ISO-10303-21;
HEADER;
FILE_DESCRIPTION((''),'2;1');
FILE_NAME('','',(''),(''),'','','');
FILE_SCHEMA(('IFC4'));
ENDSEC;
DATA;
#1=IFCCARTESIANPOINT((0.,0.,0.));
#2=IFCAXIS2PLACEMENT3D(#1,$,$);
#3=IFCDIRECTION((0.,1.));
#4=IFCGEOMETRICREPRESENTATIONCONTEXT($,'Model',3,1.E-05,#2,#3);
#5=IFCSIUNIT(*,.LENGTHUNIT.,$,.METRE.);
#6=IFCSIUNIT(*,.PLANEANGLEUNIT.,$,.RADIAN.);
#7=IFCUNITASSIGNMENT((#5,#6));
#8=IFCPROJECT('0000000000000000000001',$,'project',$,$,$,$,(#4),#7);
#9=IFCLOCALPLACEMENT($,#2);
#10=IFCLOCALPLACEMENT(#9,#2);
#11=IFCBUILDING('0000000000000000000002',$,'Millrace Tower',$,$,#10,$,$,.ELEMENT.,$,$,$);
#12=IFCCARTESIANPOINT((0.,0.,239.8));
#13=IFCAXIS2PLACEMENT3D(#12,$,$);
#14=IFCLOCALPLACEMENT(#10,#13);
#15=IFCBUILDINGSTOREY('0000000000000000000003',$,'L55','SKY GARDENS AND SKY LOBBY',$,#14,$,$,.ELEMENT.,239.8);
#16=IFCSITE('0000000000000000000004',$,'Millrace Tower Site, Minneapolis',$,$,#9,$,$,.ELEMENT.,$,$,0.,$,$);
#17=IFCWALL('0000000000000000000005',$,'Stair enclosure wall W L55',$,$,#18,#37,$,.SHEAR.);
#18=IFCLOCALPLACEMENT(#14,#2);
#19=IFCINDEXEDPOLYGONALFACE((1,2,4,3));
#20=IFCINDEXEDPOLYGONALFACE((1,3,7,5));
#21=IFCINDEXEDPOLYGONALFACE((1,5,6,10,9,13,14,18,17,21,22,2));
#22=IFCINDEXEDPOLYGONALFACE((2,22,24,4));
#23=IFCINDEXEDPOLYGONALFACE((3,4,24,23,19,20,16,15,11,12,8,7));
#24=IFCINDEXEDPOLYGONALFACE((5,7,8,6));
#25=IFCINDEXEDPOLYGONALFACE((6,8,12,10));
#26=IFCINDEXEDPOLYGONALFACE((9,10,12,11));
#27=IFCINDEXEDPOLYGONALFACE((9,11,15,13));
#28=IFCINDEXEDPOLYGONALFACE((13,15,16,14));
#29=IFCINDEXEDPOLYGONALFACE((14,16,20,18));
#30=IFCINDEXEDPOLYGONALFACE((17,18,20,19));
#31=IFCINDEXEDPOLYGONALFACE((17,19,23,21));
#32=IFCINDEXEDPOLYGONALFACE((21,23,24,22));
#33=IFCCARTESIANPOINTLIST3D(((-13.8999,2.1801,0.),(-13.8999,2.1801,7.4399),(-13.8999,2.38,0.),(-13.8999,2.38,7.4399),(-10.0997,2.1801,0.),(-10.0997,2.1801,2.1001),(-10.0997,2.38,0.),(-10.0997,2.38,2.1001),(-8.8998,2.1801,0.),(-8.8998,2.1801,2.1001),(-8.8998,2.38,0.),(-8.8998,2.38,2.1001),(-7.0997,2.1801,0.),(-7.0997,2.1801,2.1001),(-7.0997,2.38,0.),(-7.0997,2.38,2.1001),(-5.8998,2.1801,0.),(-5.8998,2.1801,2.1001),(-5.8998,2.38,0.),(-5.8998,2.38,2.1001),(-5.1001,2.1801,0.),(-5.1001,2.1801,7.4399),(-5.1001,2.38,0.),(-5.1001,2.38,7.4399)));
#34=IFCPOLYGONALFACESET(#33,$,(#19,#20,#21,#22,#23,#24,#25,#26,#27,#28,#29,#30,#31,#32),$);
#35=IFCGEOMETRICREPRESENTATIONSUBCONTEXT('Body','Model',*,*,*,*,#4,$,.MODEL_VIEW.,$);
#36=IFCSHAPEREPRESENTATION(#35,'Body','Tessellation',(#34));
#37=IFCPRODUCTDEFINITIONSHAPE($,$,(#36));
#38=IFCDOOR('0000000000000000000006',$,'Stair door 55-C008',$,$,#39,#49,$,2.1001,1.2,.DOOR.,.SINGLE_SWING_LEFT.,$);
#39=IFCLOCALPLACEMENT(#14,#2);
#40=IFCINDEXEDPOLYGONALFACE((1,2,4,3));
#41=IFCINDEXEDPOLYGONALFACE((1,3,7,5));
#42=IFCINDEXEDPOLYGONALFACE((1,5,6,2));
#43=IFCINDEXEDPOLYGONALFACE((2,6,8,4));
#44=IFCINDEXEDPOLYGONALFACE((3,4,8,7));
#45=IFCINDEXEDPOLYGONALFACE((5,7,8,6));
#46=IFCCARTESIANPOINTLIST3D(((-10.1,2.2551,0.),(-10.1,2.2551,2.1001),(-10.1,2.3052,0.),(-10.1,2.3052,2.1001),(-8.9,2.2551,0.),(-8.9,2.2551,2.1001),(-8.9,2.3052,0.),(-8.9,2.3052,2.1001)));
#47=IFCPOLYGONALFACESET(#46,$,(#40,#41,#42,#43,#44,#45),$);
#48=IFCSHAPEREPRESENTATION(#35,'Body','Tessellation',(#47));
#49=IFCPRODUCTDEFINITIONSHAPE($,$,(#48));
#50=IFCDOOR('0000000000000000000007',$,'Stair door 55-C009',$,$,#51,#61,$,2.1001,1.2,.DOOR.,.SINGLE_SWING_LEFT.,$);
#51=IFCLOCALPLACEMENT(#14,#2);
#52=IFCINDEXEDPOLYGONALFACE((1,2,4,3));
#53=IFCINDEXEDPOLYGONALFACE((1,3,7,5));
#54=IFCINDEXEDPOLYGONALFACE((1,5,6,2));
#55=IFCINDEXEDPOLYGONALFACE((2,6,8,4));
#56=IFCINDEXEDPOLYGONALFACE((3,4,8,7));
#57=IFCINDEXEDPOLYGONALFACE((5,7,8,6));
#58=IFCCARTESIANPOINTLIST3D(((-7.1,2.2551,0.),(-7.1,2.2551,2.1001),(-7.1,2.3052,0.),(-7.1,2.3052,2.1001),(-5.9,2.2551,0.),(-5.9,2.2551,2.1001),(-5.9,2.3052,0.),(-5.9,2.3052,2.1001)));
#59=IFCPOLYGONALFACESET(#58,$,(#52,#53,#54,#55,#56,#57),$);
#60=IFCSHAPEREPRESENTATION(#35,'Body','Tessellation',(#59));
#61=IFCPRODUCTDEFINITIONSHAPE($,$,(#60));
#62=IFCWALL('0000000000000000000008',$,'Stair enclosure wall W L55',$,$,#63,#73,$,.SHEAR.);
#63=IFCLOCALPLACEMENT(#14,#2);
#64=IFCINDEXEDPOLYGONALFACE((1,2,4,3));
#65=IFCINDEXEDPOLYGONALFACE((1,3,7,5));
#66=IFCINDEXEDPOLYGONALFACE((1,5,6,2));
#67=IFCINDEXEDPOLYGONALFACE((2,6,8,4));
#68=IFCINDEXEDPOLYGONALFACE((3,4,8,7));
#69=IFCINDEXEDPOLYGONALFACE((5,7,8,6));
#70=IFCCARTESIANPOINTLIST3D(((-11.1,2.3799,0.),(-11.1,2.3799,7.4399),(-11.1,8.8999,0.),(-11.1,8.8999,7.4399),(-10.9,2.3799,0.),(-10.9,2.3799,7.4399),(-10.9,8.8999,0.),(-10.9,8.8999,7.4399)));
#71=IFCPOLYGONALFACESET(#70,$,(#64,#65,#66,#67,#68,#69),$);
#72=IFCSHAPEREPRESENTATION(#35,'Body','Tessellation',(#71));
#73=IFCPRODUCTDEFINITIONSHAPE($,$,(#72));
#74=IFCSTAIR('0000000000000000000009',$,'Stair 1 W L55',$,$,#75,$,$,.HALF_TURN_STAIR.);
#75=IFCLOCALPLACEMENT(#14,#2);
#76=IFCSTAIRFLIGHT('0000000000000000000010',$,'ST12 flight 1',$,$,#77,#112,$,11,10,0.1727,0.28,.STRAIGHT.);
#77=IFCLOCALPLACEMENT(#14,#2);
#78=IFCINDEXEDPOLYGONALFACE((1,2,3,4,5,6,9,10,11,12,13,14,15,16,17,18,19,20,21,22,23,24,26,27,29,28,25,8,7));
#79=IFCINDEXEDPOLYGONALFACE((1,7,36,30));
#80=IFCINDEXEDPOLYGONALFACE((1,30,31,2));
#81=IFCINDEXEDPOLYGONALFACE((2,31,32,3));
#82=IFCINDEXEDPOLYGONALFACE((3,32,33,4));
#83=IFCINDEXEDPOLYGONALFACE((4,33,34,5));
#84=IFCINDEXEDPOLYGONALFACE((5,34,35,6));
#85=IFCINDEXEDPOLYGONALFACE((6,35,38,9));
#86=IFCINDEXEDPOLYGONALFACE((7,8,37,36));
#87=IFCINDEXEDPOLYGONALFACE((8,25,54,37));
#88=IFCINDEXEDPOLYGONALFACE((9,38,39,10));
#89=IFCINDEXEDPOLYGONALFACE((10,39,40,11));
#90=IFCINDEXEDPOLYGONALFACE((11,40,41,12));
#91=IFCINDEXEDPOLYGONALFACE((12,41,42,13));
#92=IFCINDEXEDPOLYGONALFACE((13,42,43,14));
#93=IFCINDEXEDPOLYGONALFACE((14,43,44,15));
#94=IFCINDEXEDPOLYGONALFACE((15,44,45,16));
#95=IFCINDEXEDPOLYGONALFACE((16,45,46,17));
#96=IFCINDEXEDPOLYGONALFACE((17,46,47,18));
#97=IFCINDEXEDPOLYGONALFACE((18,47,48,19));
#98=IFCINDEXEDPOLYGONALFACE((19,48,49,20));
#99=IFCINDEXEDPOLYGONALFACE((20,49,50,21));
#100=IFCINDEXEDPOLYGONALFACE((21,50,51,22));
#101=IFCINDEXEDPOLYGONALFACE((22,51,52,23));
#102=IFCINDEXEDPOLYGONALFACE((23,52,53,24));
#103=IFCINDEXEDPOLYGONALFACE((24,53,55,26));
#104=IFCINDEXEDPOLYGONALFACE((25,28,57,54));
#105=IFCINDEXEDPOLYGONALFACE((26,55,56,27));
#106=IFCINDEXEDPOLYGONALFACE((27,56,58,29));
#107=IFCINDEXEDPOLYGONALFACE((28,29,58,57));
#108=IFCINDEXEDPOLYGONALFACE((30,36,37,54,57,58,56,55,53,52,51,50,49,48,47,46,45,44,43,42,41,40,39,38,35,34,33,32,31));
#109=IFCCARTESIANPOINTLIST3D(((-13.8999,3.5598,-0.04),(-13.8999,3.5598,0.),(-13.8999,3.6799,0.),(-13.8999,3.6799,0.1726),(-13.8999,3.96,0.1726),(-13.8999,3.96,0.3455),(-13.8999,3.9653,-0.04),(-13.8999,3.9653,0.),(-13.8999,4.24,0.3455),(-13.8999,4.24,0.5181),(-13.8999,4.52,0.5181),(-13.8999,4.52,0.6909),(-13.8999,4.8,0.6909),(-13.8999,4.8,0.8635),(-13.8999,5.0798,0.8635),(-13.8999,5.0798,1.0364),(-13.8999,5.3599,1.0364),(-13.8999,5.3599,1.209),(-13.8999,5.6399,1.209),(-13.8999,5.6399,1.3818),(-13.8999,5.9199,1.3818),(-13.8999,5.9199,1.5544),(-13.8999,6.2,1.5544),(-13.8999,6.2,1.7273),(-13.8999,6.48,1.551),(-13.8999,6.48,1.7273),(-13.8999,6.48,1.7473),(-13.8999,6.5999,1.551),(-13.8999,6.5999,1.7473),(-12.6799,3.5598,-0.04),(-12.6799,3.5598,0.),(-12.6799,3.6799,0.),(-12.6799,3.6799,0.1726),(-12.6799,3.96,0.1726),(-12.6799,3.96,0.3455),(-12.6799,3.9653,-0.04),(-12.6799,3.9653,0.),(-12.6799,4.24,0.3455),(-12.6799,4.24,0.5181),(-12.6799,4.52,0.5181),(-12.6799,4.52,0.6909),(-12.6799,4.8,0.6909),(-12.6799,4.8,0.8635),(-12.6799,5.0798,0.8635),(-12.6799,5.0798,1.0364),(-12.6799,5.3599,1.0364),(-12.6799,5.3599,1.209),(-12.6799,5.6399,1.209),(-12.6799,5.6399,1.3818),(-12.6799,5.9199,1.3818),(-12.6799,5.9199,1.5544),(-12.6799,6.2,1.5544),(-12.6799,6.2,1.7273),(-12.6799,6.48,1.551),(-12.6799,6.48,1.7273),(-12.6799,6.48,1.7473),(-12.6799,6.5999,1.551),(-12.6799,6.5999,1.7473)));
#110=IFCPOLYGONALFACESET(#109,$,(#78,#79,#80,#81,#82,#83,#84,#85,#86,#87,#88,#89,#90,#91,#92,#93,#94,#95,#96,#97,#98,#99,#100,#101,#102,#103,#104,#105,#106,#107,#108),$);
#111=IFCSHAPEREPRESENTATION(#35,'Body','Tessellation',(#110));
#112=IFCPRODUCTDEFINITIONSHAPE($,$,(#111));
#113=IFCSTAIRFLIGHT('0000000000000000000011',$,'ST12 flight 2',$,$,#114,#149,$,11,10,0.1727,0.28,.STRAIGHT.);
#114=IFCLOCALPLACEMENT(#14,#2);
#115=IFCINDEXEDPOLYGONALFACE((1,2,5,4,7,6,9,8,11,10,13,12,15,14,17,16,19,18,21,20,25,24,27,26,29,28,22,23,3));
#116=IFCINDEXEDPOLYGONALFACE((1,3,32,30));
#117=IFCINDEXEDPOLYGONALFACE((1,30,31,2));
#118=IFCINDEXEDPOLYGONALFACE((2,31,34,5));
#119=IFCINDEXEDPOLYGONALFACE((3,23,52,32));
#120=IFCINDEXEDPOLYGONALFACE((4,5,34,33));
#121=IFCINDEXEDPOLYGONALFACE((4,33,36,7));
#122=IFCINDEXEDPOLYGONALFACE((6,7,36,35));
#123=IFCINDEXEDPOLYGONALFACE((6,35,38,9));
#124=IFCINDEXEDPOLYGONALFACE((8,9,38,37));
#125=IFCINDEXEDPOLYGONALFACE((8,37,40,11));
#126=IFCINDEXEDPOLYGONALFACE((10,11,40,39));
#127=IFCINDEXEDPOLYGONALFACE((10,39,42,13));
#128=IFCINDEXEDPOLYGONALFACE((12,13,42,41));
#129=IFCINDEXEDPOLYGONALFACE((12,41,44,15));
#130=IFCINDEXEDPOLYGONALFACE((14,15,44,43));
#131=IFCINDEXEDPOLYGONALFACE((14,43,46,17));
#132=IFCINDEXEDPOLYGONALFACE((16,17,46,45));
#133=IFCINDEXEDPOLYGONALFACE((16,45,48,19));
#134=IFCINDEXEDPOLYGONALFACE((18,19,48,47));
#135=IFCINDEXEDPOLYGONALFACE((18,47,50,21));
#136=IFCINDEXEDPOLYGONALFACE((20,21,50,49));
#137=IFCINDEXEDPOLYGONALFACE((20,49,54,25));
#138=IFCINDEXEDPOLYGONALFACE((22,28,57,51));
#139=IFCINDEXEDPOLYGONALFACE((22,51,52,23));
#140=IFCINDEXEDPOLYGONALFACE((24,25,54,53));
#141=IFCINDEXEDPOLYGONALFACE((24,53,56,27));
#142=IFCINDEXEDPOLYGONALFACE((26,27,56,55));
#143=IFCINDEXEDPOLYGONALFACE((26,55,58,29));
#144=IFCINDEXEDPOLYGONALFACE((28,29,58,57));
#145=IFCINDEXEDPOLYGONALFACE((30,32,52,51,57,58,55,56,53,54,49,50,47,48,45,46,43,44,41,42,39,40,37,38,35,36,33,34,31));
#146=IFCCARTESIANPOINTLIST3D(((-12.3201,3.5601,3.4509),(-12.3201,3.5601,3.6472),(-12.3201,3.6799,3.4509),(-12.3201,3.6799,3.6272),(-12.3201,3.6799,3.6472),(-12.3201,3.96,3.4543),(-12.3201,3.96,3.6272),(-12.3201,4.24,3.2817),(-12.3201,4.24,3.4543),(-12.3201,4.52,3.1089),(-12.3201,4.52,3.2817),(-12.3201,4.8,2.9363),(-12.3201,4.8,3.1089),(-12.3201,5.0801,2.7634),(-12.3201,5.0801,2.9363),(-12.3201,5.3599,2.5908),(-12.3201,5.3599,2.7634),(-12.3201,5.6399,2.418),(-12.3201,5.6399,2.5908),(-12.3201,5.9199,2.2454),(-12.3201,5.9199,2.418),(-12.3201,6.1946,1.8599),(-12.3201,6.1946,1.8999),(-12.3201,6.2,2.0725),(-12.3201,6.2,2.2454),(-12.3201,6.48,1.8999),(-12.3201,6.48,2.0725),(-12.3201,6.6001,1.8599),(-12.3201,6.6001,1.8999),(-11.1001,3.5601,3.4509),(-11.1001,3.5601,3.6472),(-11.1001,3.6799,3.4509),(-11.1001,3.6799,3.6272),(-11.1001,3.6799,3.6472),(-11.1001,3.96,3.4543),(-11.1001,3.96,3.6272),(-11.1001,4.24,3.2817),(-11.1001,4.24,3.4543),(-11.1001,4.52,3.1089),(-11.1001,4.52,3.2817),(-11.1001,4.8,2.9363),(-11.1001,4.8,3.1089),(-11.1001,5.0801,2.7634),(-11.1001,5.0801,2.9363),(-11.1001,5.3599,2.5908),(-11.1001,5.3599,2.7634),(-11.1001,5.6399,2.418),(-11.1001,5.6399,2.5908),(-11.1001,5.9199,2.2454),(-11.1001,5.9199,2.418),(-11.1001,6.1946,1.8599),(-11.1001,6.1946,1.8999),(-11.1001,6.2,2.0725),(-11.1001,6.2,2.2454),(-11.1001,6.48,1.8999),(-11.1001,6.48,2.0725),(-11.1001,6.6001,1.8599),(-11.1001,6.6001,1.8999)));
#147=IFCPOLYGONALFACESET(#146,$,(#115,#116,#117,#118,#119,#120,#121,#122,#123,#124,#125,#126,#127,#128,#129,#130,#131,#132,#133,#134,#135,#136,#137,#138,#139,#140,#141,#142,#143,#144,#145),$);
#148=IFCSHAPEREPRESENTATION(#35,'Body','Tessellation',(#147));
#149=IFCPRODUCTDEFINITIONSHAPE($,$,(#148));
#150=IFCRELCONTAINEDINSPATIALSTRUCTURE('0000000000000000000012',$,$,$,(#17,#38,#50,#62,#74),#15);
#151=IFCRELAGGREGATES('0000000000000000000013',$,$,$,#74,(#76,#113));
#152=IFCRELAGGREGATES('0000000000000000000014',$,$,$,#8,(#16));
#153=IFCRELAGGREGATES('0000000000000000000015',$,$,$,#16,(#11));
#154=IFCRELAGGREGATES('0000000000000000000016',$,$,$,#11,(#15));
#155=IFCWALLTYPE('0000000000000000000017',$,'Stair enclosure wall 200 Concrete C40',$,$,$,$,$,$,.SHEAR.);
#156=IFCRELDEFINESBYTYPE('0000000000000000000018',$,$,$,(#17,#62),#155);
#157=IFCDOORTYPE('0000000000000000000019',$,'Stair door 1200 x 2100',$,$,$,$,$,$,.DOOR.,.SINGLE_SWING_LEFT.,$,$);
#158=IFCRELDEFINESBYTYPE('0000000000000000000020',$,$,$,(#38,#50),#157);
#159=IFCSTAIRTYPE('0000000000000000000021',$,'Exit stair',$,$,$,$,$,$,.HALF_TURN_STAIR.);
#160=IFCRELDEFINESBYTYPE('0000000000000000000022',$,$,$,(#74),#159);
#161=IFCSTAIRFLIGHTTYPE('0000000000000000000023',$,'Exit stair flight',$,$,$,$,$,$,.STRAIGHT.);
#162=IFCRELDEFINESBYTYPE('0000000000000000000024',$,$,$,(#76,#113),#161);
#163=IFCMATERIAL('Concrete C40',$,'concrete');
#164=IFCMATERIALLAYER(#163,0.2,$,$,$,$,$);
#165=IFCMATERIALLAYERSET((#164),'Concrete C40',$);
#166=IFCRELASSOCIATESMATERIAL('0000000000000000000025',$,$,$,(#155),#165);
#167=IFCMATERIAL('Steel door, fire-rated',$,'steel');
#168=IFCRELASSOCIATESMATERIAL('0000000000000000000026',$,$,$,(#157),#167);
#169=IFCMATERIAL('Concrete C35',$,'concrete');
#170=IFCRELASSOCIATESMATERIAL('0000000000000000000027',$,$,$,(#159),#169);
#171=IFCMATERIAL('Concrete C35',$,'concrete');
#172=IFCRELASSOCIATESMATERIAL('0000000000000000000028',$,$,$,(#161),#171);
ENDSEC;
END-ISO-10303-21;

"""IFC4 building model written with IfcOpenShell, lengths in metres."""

from ifc_helpers import new_model, si_unit, direction, frame, frame_2d, origin, place, context, subcontext, project, spatial, polyline, rectangle, outline, extrude, material, layer, layer_set, type_object, element, fill, aggregate, save


model = new_model("IFC4")

# Units and contexts
model_context = context("Model", 3, precision=1e-05, world=origin(), true_north=direction((0.0, 1.0)))
body_context = subcontext(model_context, "Body", "Model", "MODEL_VIEW")
ifc_project = project(units=[si_unit("LENGTHUNIT", "METRE"), si_unit("PLANEANGLEUNIT", "RADIAN")], contexts=[model_context])

# Site, building, storey
site_placement = place(None, origin())
site = spatial("IfcSite", under=ifc_project, at=site_placement, Name="Millrace Tower Site, Minneapolis", CompositionType="ELEMENT", RefElevation=0.0)
building_placement = place(site_placement, origin())
building = spatial("IfcBuilding", under=site, at=building_placement, Name="Millrace Tower", CompositionType="ELEMENT")
storey_placement = place(building_placement, frame((0.0, 0.0, 239.8)))
storey = spatial("IfcBuildingStorey", under=building, at=storey_placement, Name="L55", Description="SKY GARDENS AND SKY LOBBY", CompositionType="ELEMENT", Elevation=239.8)

# Shared definitions
placement = place(storey_placement, origin())

# Shared definitions
ifc_material_1 = material(Name="Concrete C40", Category="concrete")
ifc_layer_1 = layer(ifc_material_1, 0.2)
ifc_layer_set_1 = layer_set([ifc_layer_1], Name="Concrete C40")
wall_type_1 = type_object("IfcWallType", Name="Stair enclosure wall 200 Concrete C40", PredefinedType="SHEAR", material=ifc_layer_set_1)

# Wall, openings, doors
wall_1_placement = place(storey_placement, frame((-13.8999, 2.28, 0.0), z_axis=(0.0, 0.0, 1.0), x_axis=(1.0, 0.0, 0.0)))
wall_1 = element("IfcWall", 1, at=wall_1_placement, inside=storey, type_object=wall_type_1, Name="Stair enclosure wall W L55", PredefinedType="SHEAR", context=body_context, shape_type="SweptSolid", body=[
    extrude(rectangle(XDim=8.7998, YDim=0.2, at=frame_2d((4.3999, 0.0))), origin(), (0.0, 0.0, 1.0), 7.4399),
])
opening_1_placement = place(wall_1_placement, frame((3.8, 0.0, 0.0)))
opening_1 = element("IfcOpeningElement", 2, at=opening_1_placement, cuts=wall_1, PredefinedType="OPENING", context=body_context, shape_type="SweptSolid", body=[
    extrude(rectangle(XDim=1.2, YDim=2.1001, at=frame_2d((0.6001, 1.05))), frame((0.0, 0.1099, 0.0), z_axis=(0.0, -1.0, 0.0), x_axis=(1.0, 0.0, 0.0)), (0.0, 0.0, 1.0), 0.22),
])
opening_2_placement = place(wall_1_placement, frame((6.8, 0.0, 0.0)))
opening_2 = element("IfcOpeningElement", 3, at=opening_2_placement, cuts=wall_1, PredefinedType="OPENING", context=body_context, shape_type="SweptSolid", body=[
    extrude(rectangle(XDim=1.2, YDim=2.1001, at=frame_2d((0.6001, 1.05))), frame((0.0, 0.1099, 0.0), z_axis=(0.0, -1.0, 0.0), x_axis=(1.0, 0.0, 0.0)), (0.0, 0.0, 1.0), 0.22),
])
ifc_material_2 = material(Name="Steel door, fire-rated", Category="steel")
door_type_1 = type_object("IfcDoorType", Name="Stair door 1200 x 2100", OperationType="SINGLE_SWING_LEFT", PredefinedType="DOOR", material=ifc_material_2)
door_1_placement = place(opening_1_placement, frame((1.2, 0.0, 0.0), z_axis=(0.0, 0.0, 1.0), x_axis=(-1.0, 0.0, 0.0)))
door_1 = element("IfcDoor", 4, at=door_1_placement, inside=storey, type_object=door_type_1, Name="Stair door 55-C008", OperationType="SINGLE_SWING_LEFT", OverallHeight=2.1001, OverallWidth=1.2, PredefinedType="DOOR", context=body_context, shape_type="SweptSolid", body=[
    extrude(rectangle(XDim=1.2, YDim=2.1001, at=frame_2d((0.6001, 1.05))), frame((0.0, 0.0249, 0.0), z_axis=(0.0, -1.0, 0.0), x_axis=(1.0, 0.0, 0.0)), (0.0, 0.0, 1.0), 0.05),
])
fill(opening_1, door_1)
door_2_placement = place(opening_2_placement, frame((1.2, 0.0, 0.0), z_axis=(0.0, 0.0, 1.0), x_axis=(-1.0, 0.0, 0.0)))
door_2 = element("IfcDoor", 5, at=door_2_placement, inside=storey, type_object=door_type_1, Name="Stair door 55-C009", OperationType="SINGLE_SWING_LEFT", OverallHeight=2.1001, OverallWidth=1.2, PredefinedType="DOOR", context=body_context, shape_type="SweptSolid", body=[
    extrude(rectangle(XDim=1.2, YDim=2.1001, at=frame_2d((0.6001, 1.05))), frame((0.0, 0.0249, 0.0), z_axis=(0.0, -1.0, 0.0), x_axis=(1.0, 0.0, 0.0)), (0.0, 0.0, 1.0), 0.05),
])
fill(opening_2, door_2)

# Wall
wall_2_placement = place(storey_placement, frame((-11.0, 2.3799, 0.0), z_axis=(0.0, 0.0, 1.0), x_axis=(0.0, 1.0, 0.0)))
element("IfcWall", 6, at=wall_2_placement, inside=storey, type_object=wall_type_1, Name="Stair enclosure wall W L55", PredefinedType="SHEAR", context=body_context, shape_type="SweptSolid", body=[
    extrude(rectangle(XDim=6.52, YDim=0.2, at=frame_2d((3.26, 0.0))), origin(), (0.0, 0.0, 1.0), 7.4399),
])

# Stair, stair flights
ifc_material_3 = material(Name="Concrete C35", Category="concrete")
stair_type = type_object("IfcStairType", Name="Exit stair", PredefinedType="HALF_TURN_STAIR", material=ifc_material_3)
stair_1 = element("IfcStair", 7, at=placement, inside=storey, type_object=stair_type, Name="Stair 1 W L55", PredefinedType="HALF_TURN_STAIR")
ifc_material_4 = material(Name="Concrete C35", Category="concrete")
stair_flight_type = type_object("IfcStairFlightType", Name="Exit stair flight", PredefinedType="STRAIGHT", material=ifc_material_4)
stair_flight_1_placement = place(storey_placement, frame((-13.29, 3.6799, 0.0), z_axis=(0.0, 0.0, 1.0), x_axis=(0.0, 1.0, 0.0)))
stair_flight_1 = element("IfcStairFlight", 8, at=stair_flight_1_placement, type_object=stair_flight_type, Name="ST12 flight 1", NumberOfRisers=11, NumberOfTreads=10, PredefinedType="STRAIGHT", RiserHeight=0.1727, TreadLength=0.28, context=body_context, shape_type="SweptSolid", body=[
    extrude(outline(polyline([(-0.1201, -0.04), (-0.1201, 0.0), (0.0, 0.0), (0.0, 0.1726), (0.28, 0.1726), (0.28, 0.3455), (0.5601, 0.3455), (0.5601, 0.5181), (0.8401, 0.5181), (0.8401, 0.6909), (1.1201, 0.6909), (1.1201, 0.8635), (1.3999, 0.8635), (1.3999, 1.0364), (1.6799, 1.0364), (1.6799, 1.209), (1.96, 1.209), (1.96, 1.3818), (2.24, 1.3818), (2.24, 1.5544), (2.52, 1.5544), (2.52, 1.7273), (2.8, 1.7273), (2.8, 1.7473), (2.9199, 1.7473), (2.9199, 1.551), (2.8, 1.551), (0.2854, 0.0), (0.2854, -0.04), (-0.1201, -0.04)])), frame((0.0, 0.6099, 0.0), z_axis=(0.0, -1.0, 0.0), x_axis=(1.0, 0.0, 0.0)), (0.0, 0.0, 1.0), 1.22),
])
stair_flight_2_placement = place(storey_placement, frame((-11.71, 6.48, 1.8999), z_axis=(0.0, 0.0, 1.0), x_axis=(0.0, -1.0, 0.0)))
stair_flight_2 = element("IfcStairFlight", 9, at=stair_flight_2_placement, type_object=stair_flight_type, Name="ST12 flight 2", NumberOfRisers=11, NumberOfTreads=10, PredefinedType="STRAIGHT", RiserHeight=0.1727, TreadLength=0.28, context=body_context, shape_type="SweptSolid", body=[
    extrude(outline(polyline([(-0.1201, -0.04), (-0.1201, 0.0), (0.0, 0.0), (0.0, 0.1726), (0.28, 0.1726), (0.28, 0.3455), (0.5601, 0.3455), (0.5601, 0.5181), (0.8401, 0.5181), (0.8401, 0.6909), (1.1201, 0.6909), (1.1201, 0.8635), (1.3999, 0.8635), (1.3999, 1.0364), (1.6799, 1.0364), (1.6799, 1.209), (1.96, 1.209), (1.96, 1.3818), (2.24, 1.3818), (2.24, 1.5544), (2.52, 1.5544), (2.52, 1.7273), (2.8, 1.7273), (2.8, 1.7473), (2.9199, 1.7473), (2.9199, 1.551), (2.8, 1.551), (0.2854, 0.0), (0.2854, -0.04), (-0.1201, -0.04)])), frame((0.0, 0.6099, 0.0), z_axis=(0.0, -1.0, 0.0), x_axis=(1.0, 0.0, 0.0)), (0.0, 0.0, 1.0), 1.22),
])
aggregate(stair_1, [stair_flight_1, stair_flight_2])

save(model, "model.ifc")
